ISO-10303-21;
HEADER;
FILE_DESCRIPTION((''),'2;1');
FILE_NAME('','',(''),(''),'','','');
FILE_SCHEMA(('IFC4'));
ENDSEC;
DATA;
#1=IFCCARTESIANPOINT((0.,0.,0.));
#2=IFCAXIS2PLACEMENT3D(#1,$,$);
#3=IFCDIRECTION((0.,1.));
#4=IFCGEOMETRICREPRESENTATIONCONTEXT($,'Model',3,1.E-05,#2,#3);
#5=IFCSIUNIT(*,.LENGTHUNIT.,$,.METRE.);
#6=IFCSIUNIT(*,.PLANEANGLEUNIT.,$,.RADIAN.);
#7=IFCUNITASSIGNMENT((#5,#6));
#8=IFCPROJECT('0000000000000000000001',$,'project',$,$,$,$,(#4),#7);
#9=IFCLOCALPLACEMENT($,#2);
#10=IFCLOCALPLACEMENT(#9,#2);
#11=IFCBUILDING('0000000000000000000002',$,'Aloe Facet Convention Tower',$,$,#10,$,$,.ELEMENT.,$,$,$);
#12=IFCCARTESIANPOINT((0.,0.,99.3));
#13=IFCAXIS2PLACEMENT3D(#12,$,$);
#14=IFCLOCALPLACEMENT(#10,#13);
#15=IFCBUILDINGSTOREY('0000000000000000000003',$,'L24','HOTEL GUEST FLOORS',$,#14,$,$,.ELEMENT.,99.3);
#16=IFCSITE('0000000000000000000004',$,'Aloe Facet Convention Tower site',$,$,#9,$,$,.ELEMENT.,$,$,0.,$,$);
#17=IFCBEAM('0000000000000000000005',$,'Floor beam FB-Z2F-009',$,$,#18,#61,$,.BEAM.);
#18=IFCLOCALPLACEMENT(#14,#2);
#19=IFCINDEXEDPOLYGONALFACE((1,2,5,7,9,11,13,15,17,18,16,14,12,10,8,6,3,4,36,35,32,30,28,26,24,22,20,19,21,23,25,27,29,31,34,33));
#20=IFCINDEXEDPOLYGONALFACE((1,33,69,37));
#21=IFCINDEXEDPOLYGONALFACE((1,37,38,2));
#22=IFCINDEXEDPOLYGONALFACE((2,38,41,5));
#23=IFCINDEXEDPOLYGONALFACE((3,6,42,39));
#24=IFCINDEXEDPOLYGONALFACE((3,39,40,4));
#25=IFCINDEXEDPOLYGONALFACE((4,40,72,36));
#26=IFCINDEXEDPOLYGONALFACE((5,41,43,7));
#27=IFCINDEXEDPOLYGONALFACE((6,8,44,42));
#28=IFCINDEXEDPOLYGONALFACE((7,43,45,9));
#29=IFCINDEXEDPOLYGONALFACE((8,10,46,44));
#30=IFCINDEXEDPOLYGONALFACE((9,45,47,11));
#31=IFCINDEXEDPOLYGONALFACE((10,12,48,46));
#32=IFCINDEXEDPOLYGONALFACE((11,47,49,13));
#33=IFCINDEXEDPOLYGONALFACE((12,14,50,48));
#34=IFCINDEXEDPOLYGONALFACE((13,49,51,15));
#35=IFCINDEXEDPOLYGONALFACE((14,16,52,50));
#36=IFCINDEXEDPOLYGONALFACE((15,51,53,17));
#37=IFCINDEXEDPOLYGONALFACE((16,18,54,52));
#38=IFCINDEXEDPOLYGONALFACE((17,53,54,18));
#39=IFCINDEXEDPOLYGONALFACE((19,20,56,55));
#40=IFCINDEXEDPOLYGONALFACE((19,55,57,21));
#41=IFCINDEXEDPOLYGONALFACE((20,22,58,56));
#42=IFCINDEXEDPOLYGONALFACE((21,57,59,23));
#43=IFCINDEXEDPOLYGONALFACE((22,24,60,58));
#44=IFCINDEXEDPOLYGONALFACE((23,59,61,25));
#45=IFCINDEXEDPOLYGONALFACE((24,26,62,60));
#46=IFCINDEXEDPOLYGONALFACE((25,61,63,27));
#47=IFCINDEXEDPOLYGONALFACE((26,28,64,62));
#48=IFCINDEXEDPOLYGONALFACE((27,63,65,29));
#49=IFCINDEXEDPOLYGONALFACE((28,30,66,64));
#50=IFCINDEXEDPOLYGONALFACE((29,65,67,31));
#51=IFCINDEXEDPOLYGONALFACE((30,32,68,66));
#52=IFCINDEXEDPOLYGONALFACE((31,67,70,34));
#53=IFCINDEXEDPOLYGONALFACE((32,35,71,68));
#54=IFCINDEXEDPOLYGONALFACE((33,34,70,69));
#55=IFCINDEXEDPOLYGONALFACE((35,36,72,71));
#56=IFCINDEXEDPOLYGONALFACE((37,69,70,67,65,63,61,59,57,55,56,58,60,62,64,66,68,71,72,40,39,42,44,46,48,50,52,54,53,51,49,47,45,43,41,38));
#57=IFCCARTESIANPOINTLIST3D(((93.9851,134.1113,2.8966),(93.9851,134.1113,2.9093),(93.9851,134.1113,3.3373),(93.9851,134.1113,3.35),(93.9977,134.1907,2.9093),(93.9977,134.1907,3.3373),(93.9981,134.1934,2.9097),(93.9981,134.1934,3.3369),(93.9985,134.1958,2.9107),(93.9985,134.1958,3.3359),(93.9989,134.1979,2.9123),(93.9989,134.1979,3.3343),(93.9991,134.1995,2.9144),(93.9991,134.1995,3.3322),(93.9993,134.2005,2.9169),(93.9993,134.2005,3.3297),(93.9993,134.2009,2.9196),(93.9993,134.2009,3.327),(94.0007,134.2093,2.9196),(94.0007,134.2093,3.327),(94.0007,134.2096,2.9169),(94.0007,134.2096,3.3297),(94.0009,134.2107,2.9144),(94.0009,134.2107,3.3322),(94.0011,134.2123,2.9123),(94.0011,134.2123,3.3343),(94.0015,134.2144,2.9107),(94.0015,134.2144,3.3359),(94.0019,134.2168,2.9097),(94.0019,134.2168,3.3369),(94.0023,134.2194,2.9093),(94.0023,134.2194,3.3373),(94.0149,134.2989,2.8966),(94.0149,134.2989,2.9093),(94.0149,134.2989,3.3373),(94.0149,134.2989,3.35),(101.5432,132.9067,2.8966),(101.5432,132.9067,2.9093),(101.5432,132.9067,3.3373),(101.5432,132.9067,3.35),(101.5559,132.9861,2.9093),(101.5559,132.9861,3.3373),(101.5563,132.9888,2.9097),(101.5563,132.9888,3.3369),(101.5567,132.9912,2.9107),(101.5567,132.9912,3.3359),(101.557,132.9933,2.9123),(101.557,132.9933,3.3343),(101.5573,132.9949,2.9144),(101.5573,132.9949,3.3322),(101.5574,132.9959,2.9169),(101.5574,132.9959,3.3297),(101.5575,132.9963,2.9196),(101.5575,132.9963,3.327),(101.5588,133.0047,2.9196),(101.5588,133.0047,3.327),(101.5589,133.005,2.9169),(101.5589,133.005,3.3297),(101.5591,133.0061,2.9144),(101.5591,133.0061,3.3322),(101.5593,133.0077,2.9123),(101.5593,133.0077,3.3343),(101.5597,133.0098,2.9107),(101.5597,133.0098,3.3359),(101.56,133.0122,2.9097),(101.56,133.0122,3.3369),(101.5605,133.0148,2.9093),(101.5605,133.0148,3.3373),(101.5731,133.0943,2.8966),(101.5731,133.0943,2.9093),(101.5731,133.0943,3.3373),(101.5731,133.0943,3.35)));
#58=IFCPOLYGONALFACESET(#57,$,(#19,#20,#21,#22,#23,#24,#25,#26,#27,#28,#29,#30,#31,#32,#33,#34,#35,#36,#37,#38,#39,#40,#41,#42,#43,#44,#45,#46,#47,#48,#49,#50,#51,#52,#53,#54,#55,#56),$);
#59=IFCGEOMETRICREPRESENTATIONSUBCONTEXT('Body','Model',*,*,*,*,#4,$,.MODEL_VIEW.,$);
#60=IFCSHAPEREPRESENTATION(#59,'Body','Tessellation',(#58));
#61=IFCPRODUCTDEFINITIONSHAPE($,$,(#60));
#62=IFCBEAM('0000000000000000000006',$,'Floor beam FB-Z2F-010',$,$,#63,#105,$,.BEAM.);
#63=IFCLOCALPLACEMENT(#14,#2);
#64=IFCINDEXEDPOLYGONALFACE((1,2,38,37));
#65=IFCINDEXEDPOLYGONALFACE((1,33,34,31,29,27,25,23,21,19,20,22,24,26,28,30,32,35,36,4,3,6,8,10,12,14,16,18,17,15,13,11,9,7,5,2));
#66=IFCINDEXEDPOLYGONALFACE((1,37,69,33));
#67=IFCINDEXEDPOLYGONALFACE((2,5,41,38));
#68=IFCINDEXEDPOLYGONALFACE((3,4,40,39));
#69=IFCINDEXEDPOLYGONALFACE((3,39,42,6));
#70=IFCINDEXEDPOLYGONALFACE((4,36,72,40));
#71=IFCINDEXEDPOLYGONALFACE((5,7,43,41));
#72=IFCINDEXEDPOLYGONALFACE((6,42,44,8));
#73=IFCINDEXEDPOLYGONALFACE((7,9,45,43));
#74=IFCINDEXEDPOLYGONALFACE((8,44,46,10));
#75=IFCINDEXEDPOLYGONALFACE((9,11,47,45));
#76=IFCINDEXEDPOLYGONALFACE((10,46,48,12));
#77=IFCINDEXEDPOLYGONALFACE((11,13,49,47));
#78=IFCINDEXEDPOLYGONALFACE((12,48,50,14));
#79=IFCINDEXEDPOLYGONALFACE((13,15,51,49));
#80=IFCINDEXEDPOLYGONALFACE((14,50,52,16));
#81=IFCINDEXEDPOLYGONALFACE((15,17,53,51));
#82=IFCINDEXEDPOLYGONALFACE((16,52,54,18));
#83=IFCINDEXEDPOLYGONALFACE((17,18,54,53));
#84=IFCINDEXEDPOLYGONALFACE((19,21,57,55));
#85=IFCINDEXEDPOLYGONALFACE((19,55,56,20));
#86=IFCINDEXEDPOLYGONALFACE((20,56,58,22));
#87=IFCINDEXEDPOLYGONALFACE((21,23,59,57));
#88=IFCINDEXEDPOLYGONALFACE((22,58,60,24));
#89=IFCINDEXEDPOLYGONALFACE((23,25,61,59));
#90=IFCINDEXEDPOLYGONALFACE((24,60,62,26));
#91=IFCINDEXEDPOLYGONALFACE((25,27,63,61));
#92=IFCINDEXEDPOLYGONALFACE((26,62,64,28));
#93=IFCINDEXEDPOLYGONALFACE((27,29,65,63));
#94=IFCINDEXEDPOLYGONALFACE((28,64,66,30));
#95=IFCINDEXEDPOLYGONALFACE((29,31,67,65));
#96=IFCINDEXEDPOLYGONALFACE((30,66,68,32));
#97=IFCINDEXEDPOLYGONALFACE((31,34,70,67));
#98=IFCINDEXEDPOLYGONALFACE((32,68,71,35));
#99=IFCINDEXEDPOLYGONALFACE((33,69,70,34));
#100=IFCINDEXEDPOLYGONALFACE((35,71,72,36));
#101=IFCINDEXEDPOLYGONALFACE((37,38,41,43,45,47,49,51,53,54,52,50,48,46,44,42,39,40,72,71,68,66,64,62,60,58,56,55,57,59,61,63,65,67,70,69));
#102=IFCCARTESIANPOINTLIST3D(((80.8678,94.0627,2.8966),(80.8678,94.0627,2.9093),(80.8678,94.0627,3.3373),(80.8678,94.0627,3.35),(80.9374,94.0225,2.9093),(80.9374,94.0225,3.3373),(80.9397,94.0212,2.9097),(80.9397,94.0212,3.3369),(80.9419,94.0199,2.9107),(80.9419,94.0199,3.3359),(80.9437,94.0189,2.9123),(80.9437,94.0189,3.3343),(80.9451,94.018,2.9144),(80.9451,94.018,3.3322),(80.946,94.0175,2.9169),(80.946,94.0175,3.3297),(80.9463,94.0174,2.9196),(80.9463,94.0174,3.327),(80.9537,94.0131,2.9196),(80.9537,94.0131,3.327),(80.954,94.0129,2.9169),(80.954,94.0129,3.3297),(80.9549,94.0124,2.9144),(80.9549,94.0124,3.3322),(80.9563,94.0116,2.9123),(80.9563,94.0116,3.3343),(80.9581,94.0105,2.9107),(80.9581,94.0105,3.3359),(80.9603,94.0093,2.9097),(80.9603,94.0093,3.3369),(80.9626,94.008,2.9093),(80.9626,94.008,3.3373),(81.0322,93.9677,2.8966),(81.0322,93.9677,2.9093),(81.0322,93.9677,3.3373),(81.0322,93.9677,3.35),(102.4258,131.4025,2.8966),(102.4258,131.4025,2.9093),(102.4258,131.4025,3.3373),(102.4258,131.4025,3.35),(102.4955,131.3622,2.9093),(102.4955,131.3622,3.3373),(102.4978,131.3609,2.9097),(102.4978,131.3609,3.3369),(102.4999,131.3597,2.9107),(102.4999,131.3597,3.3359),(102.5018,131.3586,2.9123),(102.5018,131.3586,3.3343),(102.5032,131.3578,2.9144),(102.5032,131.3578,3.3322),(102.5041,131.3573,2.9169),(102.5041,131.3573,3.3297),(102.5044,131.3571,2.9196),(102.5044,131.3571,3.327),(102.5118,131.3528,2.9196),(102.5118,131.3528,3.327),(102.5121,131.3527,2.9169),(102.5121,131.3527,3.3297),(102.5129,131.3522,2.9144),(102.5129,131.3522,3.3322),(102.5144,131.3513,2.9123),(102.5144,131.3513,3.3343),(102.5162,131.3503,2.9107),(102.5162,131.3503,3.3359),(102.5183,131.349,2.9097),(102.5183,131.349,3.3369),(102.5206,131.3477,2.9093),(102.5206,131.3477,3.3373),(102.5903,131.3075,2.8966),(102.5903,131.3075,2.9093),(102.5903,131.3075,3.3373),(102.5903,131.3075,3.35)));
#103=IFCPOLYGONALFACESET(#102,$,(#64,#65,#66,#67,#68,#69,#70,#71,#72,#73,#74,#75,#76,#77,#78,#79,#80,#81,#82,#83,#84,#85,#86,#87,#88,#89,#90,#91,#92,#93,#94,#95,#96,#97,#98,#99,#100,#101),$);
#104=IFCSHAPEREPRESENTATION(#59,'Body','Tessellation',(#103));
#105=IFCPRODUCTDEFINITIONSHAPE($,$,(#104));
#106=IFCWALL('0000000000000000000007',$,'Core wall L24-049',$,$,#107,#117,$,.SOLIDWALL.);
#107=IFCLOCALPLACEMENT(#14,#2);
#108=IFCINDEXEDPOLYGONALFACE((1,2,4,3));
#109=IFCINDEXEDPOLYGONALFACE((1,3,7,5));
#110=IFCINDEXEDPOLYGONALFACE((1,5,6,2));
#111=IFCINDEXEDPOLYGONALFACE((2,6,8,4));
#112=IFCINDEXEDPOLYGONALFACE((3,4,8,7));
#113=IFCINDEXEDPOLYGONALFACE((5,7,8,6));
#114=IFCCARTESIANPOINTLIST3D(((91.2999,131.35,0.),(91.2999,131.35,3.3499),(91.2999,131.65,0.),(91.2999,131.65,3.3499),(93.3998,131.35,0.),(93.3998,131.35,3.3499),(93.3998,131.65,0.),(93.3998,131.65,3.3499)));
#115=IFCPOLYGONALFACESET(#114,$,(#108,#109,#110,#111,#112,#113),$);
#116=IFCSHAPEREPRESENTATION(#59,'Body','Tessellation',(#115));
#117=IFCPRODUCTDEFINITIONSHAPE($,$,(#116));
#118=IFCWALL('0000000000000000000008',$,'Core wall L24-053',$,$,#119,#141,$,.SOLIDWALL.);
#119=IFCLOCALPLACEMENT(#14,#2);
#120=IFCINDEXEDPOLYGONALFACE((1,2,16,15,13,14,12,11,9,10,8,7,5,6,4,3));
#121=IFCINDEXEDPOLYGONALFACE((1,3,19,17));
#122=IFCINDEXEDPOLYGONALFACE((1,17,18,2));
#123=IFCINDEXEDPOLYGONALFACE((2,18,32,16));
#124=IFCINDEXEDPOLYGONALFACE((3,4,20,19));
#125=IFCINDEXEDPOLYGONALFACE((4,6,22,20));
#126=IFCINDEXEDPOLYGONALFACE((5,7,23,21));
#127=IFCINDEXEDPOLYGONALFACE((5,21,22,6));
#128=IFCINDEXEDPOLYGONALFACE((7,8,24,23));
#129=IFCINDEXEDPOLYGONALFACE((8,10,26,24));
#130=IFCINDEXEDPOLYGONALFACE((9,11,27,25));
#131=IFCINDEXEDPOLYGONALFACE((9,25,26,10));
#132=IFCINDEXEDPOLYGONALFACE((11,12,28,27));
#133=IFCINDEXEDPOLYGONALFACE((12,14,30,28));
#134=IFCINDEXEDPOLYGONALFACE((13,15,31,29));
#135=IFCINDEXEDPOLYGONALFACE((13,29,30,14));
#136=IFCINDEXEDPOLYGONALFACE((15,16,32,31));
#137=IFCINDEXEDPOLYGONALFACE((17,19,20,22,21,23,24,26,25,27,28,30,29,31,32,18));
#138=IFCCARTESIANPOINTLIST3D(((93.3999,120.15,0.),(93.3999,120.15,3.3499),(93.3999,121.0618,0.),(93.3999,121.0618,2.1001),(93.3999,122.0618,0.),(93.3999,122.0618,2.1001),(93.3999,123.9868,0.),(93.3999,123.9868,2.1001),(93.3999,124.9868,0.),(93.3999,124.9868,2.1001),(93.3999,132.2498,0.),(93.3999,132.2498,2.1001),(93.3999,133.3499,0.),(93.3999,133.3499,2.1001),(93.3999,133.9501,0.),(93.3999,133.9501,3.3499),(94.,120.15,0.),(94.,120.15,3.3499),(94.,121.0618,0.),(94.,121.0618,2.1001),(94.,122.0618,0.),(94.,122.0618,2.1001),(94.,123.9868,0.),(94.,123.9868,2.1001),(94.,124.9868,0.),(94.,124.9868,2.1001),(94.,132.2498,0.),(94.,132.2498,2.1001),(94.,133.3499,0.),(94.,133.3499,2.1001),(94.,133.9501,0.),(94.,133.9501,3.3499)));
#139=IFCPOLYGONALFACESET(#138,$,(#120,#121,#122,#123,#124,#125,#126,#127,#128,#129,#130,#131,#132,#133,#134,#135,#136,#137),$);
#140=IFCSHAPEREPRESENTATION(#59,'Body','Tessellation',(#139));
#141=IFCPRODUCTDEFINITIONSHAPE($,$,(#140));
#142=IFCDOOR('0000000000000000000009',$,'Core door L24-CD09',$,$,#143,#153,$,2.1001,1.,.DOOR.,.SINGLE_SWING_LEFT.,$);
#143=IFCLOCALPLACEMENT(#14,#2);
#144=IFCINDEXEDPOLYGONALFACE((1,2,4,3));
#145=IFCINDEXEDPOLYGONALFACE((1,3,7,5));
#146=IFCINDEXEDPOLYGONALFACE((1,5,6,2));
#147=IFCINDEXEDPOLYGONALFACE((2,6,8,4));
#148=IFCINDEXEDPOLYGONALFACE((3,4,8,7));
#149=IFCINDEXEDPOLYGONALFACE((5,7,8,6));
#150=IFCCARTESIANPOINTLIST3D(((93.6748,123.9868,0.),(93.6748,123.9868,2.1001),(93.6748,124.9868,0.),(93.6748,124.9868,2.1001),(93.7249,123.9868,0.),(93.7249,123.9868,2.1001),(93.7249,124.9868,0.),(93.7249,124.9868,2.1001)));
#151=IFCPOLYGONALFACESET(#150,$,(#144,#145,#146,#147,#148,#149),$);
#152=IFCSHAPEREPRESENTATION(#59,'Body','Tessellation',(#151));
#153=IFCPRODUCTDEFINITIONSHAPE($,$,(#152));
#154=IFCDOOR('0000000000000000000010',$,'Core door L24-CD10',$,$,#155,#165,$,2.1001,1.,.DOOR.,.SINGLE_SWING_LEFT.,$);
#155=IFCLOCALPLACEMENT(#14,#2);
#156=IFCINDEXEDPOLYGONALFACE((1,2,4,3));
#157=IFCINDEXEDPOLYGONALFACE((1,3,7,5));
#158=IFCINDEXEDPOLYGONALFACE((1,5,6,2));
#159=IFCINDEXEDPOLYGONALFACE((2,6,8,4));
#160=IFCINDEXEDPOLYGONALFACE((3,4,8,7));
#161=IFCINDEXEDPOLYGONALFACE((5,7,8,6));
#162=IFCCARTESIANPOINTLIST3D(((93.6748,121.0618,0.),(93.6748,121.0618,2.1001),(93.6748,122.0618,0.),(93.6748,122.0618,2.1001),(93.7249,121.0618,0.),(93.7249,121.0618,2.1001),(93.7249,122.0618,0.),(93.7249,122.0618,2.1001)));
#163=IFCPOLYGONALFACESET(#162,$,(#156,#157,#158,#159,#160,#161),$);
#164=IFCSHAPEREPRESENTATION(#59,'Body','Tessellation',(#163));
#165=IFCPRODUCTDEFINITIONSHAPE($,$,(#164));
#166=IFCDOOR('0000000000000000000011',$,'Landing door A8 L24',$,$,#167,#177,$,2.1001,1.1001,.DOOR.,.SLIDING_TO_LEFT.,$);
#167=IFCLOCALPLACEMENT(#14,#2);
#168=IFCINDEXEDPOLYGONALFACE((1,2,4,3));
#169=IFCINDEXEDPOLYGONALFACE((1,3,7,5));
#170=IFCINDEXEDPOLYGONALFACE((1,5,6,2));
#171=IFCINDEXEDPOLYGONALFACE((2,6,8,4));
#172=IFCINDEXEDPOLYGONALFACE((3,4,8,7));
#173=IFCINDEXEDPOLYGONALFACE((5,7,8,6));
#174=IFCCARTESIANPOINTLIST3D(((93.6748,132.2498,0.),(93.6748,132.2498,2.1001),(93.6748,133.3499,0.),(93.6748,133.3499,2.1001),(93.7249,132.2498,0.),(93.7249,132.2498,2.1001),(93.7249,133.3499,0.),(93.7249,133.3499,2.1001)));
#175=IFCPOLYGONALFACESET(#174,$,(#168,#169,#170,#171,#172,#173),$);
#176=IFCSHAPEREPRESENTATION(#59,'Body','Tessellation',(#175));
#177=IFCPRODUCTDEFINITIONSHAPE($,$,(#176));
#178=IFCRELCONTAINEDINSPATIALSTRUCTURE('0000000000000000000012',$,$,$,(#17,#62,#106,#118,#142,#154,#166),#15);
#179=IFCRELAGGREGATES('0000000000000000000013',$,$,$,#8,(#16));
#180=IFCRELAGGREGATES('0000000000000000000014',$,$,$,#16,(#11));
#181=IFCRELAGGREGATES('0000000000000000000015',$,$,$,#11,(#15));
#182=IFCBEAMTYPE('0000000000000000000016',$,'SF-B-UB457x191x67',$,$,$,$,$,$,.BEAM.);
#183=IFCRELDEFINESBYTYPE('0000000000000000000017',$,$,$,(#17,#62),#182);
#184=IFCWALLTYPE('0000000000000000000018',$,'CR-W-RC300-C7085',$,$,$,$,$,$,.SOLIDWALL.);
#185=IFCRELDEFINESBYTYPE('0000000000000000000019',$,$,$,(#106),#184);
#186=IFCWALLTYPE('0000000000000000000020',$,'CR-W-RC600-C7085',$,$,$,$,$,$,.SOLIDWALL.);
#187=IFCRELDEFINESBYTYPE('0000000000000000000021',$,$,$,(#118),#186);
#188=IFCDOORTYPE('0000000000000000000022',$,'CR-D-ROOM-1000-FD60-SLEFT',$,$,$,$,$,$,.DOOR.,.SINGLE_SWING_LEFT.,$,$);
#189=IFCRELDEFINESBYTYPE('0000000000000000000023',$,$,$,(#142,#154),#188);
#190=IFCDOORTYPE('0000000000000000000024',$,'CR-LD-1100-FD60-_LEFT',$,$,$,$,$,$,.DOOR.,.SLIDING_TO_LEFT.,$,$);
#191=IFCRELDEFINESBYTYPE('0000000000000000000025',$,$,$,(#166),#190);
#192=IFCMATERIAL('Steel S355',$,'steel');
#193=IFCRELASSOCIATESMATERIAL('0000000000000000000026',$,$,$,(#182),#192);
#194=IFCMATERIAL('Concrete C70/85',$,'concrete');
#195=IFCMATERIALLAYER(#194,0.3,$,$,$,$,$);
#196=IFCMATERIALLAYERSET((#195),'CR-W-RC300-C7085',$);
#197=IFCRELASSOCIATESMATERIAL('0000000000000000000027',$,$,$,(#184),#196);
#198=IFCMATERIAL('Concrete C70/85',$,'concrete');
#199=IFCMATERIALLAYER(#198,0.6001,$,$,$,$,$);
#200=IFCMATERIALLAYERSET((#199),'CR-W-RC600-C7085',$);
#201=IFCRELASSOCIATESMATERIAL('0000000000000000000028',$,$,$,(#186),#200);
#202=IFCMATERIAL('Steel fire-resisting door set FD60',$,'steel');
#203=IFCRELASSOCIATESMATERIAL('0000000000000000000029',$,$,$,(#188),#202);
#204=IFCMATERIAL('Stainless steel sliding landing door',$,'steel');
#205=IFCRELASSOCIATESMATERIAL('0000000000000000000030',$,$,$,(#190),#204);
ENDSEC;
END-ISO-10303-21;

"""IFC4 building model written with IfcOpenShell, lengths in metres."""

from ifc_helpers import new_model, si_unit, direction, frame, frame_2d, origin, origin_2d, place, context, subcontext, project, spatial, rectangle, i_section, extrude, material, layer, layer_set, material_profile, profile_set, type_object, element, fill, save


model = new_model("IFC4")

# Units and contexts
model_context = context("Model", 3, precision=1e-05, world=origin(), true_north=direction((0.0, 1.0)))
body_context = subcontext(model_context, "Body", "Model", "MODEL_VIEW")
ifc_project = project(units=[si_unit("LENGTHUNIT", "METRE"), si_unit("PLANEANGLEUNIT", "RADIAN")], contexts=[model_context])

# Site, building, storey
site_placement = place(None, origin())
site = spatial("IfcSite", under=ifc_project, at=site_placement, Name="Aloe Facet Convention Tower site", CompositionType="ELEMENT", RefElevation=0.0)
building_placement = place(site_placement, origin())
building = spatial("IfcBuilding", under=site, at=building_placement, Name="Aloe Facet Convention Tower", CompositionType="ELEMENT")
storey_placement = place(building_placement, frame((0.0, 0.0, 99.3)))
storey = spatial("IfcBuildingStorey", under=building, at=storey_placement, Name="L24", Description="HOTEL GUEST FLOORS", CompositionType="ELEMENT", Elevation=99.3)

# Beams
ifc_material_1 = material(Name="Steel S355", Category="steel")
ifc_material_profile_1 = material_profile(ifc_material_1, i_section(OverallWidth=0.1899, OverallDepth=0.4534, WebThickness=0.0085, FlangeThickness=0.0127, FilletRadius=0.0103, at=origin_2d()), Name="UB 457x191x67")
ifc_profile_set_1 = profile_set([ifc_material_profile_1], Name="Steel S355")
beam_type_1 = type_object("IfcBeamType", Name="SF-B-UB457x191x67", PredefinedType="BEAM", material=ifc_profile_set_1)
beam_1_placement = place(storey_placement, frame((94.0, 134.2051, 3.1233), z_axis=(0.987536, -0.157391, 0.0), x_axis=(0.157391, 0.987536, 0.0)))
element("IfcBeam", 1, at=beam_1_placement, inside=storey, type_object=beam_type_1, Name="Floor beam FB-Z2F-009", PredefinedType="BEAM", context=body_context, shape_type="SweptSolid", body=[
    extrude(i_section(OverallWidth=0.1899, OverallDepth=0.4534, WebThickness=0.0085, FlangeThickness=0.0127, FilletRadius=0.0103, at=origin_2d()), origin(), (0.0, 0.0, 1.0), 7.6536),
])
beam_2_placement = place(storey_placement, frame((102.5081, 131.355, 3.1233), z_axis=(-0.499999, -0.866026, 0.0), x_axis=(0.866026, -0.499999, 0.0)))
element("IfcBeam", 2, at=beam_2_placement, inside=storey, type_object=beam_type_1, Name="Floor beam FB-Z2F-010", PredefinedType="BEAM", context=body_context, shape_type="SweptSolid", body=[
    extrude(i_section(OverallWidth=0.1899, OverallDepth=0.4534, WebThickness=0.0085, FlangeThickness=0.0127, FilletRadius=0.0103, at=origin_2d()), origin(), (0.0, 0.0, 1.0), 43.1162),
])

# Wall
ifc_material_2 = material(Name="Concrete C70/85", Category="concrete")
ifc_layer_1 = layer(ifc_material_2, 0.3)
ifc_layer_set_1 = layer_set([ifc_layer_1], Name="CR-W-RC300-C7085")
wall_type_1 = type_object("IfcWallType", Name="CR-W-RC300-C7085", PredefinedType="SOLIDWALL", material=ifc_layer_set_1)
wall_1_placement = place(storey_placement, frame((91.3, 131.5, 0.0), z_axis=(0.0, 0.0, 1.0), x_axis=(1.0, 0.0, 0.0)))
element("IfcWall", 3, at=wall_1_placement, inside=storey, type_object=wall_type_1, Name="Core wall L24-049", PredefinedType="SOLIDWALL", context=body_context, shape_type="SweptSolid", body=[
    extrude(rectangle(XDim=2.0999, YDim=0.3, at=frame_2d((1.0498, 0.0))), origin(), (0.0, 0.0, 1.0), 3.3499),
])

# Wall, openings, doors
ifc_material_3 = material(Name="Concrete C70/85", Category="concrete")
ifc_layer_2 = layer(ifc_material_3, 0.6001)
ifc_layer_set_2 = layer_set([ifc_layer_2], Name="CR-W-RC600-C7085")
wall_type_2 = type_object("IfcWallType", Name="CR-W-RC600-C7085", PredefinedType="SOLIDWALL", material=ifc_layer_set_2)
wall_2_placement = place(storey_placement, frame((93.7, 133.95, 0.0), z_axis=(0.0, 0.0, 1.0), x_axis=(0.0, -1.0, 0.0)))
wall_2 = element("IfcWall", 4, at=wall_2_placement, inside=storey, type_object=wall_type_2, Name="Core wall L24-053", PredefinedType="SOLIDWALL", context=body_context, shape_type="SweptSolid", body=[
    extrude(rectangle(XDim=13.8, YDim=0.6001, at=frame_2d((6.8999, 0.0))), origin(), (0.0, 0.0, 1.0), 3.3499),
])
opening_1_placement = place(wall_2_placement, frame((0.6001, 0.0, 0.0)))
opening_1 = element("IfcOpeningElement", 5, at=opening_1_placement, cuts=wall_2, PredefinedType="OPENING", context=body_context, shape_type="SweptSolid", body=[
    extrude(rectangle(XDim=1.1001, YDim=2.1001, at=frame_2d((0.55, 1.05))), frame((0.0, 0.3101, 0.0), z_axis=(0.0, -1.0, 0.0), x_axis=(1.0, 0.0, 0.0)), (0.0, 0.0, 1.0), 0.6201),
])
opening_2_placement = place(wall_2_placement, frame((8.9631, 0.0, 0.0)))
opening_2 = element("IfcOpeningElement", 6, at=opening_2_placement, cuts=wall_2, PredefinedType="OPENING", context=body_context, shape_type="SweptSolid", body=[
    extrude(rectangle(XDim=1.0, YDim=2.1001, at=frame_2d((0.5, 1.05))), frame((0.0, 0.3101, 0.0), z_axis=(0.0, -1.0, 0.0), x_axis=(1.0, 0.0, 0.0)), (0.0, 0.0, 1.0), 0.6201),
])
opening_3_placement = place(wall_2_placement, frame((11.8882, 0.0, 0.0)))
opening_3 = element("IfcOpeningElement", 7, at=opening_3_placement, cuts=wall_2, PredefinedType="OPENING", context=body_context, shape_type="SweptSolid", body=[
    extrude(rectangle(XDim=1.0, YDim=2.1001, at=frame_2d((0.5, 1.05))), frame((0.0, 0.3101, 0.0), z_axis=(0.0, -1.0, 0.0), x_axis=(1.0, 0.0, 0.0)), (0.0, 0.0, 1.0), 0.6201),
])
ifc_material_4 = material(Name="Steel fire-resisting door set FD60", Category="steel")
door_type_1 = type_object("IfcDoorType", Name="CR-D-ROOM-1000-FD60-SLEFT", OperationType="SINGLE_SWING_LEFT", PredefinedType="DOOR", material=ifc_material_4)
door_1_placement = place(opening_2_placement, origin())
door_1 = element("IfcDoor", 8, at=door_1_placement, inside=storey, type_object=door_type_1, Name="Core door L24-CD09", OperationType="SINGLE_SWING_LEFT", OverallHeight=2.1001, OverallWidth=1.0, PredefinedType="DOOR", context=body_context, shape_type="SweptSolid", body=[
    extrude(rectangle(XDim=1.0, YDim=2.1001, at=frame_2d((0.5, 1.05))), frame((0.0, 0.0249, 0.0), z_axis=(0.0, -1.0, 0.0), x_axis=(1.0, 0.0, 0.0)), (0.0, 0.0, 1.0), 0.05),
])
fill(opening_2, door_1)
door_2_placement = place(opening_3_placement, origin())
door_2 = element("IfcDoor", 9, at=door_2_placement, inside=storey, type_object=door_type_1, Name="Core door L24-CD10", OperationType="SINGLE_SWING_LEFT", OverallHeight=2.1001, OverallWidth=1.0, PredefinedType="DOOR", context=body_context, shape_type="SweptSolid", body=[
    extrude(rectangle(XDim=1.0, YDim=2.1001, at=frame_2d((0.5, 1.05))), frame((0.0, 0.0249, 0.0), z_axis=(0.0, -1.0, 0.0), x_axis=(1.0, 0.0, 0.0)), (0.0, 0.0, 1.0), 0.05),
])
fill(opening_3, door_2)
ifc_material_5 = material(Name="Stainless steel sliding landing door", Category="steel")
door_type_2 = type_object("IfcDoorType", Name="CR-LD-1100-FD60-_LEFT", OperationType="SLIDING_TO_LEFT", PredefinedType="DOOR", material=ifc_material_5)
door_3_placement = place(opening_1_placement, origin())
door_3 = element("IfcDoor", 10, at=door_3_placement, inside=storey, type_object=door_type_2, Name="Landing door A8 L24", OperationType="SLIDING_TO_LEFT", OverallHeight=2.1001, OverallWidth=1.1001, PredefinedType="DOOR", context=body_context, shape_type="SweptSolid", body=[
    extrude(rectangle(XDim=1.1001, YDim=2.1001, at=frame_2d((0.55, 1.05))), frame((0.0, 0.0249, 0.0), z_axis=(0.0, -1.0, 0.0), x_axis=(1.0, 0.0, 0.0)), (0.0, 0.0, 1.0), 0.05),
])
fill(opening_1, door_3)

save(model, "model.ifc")
